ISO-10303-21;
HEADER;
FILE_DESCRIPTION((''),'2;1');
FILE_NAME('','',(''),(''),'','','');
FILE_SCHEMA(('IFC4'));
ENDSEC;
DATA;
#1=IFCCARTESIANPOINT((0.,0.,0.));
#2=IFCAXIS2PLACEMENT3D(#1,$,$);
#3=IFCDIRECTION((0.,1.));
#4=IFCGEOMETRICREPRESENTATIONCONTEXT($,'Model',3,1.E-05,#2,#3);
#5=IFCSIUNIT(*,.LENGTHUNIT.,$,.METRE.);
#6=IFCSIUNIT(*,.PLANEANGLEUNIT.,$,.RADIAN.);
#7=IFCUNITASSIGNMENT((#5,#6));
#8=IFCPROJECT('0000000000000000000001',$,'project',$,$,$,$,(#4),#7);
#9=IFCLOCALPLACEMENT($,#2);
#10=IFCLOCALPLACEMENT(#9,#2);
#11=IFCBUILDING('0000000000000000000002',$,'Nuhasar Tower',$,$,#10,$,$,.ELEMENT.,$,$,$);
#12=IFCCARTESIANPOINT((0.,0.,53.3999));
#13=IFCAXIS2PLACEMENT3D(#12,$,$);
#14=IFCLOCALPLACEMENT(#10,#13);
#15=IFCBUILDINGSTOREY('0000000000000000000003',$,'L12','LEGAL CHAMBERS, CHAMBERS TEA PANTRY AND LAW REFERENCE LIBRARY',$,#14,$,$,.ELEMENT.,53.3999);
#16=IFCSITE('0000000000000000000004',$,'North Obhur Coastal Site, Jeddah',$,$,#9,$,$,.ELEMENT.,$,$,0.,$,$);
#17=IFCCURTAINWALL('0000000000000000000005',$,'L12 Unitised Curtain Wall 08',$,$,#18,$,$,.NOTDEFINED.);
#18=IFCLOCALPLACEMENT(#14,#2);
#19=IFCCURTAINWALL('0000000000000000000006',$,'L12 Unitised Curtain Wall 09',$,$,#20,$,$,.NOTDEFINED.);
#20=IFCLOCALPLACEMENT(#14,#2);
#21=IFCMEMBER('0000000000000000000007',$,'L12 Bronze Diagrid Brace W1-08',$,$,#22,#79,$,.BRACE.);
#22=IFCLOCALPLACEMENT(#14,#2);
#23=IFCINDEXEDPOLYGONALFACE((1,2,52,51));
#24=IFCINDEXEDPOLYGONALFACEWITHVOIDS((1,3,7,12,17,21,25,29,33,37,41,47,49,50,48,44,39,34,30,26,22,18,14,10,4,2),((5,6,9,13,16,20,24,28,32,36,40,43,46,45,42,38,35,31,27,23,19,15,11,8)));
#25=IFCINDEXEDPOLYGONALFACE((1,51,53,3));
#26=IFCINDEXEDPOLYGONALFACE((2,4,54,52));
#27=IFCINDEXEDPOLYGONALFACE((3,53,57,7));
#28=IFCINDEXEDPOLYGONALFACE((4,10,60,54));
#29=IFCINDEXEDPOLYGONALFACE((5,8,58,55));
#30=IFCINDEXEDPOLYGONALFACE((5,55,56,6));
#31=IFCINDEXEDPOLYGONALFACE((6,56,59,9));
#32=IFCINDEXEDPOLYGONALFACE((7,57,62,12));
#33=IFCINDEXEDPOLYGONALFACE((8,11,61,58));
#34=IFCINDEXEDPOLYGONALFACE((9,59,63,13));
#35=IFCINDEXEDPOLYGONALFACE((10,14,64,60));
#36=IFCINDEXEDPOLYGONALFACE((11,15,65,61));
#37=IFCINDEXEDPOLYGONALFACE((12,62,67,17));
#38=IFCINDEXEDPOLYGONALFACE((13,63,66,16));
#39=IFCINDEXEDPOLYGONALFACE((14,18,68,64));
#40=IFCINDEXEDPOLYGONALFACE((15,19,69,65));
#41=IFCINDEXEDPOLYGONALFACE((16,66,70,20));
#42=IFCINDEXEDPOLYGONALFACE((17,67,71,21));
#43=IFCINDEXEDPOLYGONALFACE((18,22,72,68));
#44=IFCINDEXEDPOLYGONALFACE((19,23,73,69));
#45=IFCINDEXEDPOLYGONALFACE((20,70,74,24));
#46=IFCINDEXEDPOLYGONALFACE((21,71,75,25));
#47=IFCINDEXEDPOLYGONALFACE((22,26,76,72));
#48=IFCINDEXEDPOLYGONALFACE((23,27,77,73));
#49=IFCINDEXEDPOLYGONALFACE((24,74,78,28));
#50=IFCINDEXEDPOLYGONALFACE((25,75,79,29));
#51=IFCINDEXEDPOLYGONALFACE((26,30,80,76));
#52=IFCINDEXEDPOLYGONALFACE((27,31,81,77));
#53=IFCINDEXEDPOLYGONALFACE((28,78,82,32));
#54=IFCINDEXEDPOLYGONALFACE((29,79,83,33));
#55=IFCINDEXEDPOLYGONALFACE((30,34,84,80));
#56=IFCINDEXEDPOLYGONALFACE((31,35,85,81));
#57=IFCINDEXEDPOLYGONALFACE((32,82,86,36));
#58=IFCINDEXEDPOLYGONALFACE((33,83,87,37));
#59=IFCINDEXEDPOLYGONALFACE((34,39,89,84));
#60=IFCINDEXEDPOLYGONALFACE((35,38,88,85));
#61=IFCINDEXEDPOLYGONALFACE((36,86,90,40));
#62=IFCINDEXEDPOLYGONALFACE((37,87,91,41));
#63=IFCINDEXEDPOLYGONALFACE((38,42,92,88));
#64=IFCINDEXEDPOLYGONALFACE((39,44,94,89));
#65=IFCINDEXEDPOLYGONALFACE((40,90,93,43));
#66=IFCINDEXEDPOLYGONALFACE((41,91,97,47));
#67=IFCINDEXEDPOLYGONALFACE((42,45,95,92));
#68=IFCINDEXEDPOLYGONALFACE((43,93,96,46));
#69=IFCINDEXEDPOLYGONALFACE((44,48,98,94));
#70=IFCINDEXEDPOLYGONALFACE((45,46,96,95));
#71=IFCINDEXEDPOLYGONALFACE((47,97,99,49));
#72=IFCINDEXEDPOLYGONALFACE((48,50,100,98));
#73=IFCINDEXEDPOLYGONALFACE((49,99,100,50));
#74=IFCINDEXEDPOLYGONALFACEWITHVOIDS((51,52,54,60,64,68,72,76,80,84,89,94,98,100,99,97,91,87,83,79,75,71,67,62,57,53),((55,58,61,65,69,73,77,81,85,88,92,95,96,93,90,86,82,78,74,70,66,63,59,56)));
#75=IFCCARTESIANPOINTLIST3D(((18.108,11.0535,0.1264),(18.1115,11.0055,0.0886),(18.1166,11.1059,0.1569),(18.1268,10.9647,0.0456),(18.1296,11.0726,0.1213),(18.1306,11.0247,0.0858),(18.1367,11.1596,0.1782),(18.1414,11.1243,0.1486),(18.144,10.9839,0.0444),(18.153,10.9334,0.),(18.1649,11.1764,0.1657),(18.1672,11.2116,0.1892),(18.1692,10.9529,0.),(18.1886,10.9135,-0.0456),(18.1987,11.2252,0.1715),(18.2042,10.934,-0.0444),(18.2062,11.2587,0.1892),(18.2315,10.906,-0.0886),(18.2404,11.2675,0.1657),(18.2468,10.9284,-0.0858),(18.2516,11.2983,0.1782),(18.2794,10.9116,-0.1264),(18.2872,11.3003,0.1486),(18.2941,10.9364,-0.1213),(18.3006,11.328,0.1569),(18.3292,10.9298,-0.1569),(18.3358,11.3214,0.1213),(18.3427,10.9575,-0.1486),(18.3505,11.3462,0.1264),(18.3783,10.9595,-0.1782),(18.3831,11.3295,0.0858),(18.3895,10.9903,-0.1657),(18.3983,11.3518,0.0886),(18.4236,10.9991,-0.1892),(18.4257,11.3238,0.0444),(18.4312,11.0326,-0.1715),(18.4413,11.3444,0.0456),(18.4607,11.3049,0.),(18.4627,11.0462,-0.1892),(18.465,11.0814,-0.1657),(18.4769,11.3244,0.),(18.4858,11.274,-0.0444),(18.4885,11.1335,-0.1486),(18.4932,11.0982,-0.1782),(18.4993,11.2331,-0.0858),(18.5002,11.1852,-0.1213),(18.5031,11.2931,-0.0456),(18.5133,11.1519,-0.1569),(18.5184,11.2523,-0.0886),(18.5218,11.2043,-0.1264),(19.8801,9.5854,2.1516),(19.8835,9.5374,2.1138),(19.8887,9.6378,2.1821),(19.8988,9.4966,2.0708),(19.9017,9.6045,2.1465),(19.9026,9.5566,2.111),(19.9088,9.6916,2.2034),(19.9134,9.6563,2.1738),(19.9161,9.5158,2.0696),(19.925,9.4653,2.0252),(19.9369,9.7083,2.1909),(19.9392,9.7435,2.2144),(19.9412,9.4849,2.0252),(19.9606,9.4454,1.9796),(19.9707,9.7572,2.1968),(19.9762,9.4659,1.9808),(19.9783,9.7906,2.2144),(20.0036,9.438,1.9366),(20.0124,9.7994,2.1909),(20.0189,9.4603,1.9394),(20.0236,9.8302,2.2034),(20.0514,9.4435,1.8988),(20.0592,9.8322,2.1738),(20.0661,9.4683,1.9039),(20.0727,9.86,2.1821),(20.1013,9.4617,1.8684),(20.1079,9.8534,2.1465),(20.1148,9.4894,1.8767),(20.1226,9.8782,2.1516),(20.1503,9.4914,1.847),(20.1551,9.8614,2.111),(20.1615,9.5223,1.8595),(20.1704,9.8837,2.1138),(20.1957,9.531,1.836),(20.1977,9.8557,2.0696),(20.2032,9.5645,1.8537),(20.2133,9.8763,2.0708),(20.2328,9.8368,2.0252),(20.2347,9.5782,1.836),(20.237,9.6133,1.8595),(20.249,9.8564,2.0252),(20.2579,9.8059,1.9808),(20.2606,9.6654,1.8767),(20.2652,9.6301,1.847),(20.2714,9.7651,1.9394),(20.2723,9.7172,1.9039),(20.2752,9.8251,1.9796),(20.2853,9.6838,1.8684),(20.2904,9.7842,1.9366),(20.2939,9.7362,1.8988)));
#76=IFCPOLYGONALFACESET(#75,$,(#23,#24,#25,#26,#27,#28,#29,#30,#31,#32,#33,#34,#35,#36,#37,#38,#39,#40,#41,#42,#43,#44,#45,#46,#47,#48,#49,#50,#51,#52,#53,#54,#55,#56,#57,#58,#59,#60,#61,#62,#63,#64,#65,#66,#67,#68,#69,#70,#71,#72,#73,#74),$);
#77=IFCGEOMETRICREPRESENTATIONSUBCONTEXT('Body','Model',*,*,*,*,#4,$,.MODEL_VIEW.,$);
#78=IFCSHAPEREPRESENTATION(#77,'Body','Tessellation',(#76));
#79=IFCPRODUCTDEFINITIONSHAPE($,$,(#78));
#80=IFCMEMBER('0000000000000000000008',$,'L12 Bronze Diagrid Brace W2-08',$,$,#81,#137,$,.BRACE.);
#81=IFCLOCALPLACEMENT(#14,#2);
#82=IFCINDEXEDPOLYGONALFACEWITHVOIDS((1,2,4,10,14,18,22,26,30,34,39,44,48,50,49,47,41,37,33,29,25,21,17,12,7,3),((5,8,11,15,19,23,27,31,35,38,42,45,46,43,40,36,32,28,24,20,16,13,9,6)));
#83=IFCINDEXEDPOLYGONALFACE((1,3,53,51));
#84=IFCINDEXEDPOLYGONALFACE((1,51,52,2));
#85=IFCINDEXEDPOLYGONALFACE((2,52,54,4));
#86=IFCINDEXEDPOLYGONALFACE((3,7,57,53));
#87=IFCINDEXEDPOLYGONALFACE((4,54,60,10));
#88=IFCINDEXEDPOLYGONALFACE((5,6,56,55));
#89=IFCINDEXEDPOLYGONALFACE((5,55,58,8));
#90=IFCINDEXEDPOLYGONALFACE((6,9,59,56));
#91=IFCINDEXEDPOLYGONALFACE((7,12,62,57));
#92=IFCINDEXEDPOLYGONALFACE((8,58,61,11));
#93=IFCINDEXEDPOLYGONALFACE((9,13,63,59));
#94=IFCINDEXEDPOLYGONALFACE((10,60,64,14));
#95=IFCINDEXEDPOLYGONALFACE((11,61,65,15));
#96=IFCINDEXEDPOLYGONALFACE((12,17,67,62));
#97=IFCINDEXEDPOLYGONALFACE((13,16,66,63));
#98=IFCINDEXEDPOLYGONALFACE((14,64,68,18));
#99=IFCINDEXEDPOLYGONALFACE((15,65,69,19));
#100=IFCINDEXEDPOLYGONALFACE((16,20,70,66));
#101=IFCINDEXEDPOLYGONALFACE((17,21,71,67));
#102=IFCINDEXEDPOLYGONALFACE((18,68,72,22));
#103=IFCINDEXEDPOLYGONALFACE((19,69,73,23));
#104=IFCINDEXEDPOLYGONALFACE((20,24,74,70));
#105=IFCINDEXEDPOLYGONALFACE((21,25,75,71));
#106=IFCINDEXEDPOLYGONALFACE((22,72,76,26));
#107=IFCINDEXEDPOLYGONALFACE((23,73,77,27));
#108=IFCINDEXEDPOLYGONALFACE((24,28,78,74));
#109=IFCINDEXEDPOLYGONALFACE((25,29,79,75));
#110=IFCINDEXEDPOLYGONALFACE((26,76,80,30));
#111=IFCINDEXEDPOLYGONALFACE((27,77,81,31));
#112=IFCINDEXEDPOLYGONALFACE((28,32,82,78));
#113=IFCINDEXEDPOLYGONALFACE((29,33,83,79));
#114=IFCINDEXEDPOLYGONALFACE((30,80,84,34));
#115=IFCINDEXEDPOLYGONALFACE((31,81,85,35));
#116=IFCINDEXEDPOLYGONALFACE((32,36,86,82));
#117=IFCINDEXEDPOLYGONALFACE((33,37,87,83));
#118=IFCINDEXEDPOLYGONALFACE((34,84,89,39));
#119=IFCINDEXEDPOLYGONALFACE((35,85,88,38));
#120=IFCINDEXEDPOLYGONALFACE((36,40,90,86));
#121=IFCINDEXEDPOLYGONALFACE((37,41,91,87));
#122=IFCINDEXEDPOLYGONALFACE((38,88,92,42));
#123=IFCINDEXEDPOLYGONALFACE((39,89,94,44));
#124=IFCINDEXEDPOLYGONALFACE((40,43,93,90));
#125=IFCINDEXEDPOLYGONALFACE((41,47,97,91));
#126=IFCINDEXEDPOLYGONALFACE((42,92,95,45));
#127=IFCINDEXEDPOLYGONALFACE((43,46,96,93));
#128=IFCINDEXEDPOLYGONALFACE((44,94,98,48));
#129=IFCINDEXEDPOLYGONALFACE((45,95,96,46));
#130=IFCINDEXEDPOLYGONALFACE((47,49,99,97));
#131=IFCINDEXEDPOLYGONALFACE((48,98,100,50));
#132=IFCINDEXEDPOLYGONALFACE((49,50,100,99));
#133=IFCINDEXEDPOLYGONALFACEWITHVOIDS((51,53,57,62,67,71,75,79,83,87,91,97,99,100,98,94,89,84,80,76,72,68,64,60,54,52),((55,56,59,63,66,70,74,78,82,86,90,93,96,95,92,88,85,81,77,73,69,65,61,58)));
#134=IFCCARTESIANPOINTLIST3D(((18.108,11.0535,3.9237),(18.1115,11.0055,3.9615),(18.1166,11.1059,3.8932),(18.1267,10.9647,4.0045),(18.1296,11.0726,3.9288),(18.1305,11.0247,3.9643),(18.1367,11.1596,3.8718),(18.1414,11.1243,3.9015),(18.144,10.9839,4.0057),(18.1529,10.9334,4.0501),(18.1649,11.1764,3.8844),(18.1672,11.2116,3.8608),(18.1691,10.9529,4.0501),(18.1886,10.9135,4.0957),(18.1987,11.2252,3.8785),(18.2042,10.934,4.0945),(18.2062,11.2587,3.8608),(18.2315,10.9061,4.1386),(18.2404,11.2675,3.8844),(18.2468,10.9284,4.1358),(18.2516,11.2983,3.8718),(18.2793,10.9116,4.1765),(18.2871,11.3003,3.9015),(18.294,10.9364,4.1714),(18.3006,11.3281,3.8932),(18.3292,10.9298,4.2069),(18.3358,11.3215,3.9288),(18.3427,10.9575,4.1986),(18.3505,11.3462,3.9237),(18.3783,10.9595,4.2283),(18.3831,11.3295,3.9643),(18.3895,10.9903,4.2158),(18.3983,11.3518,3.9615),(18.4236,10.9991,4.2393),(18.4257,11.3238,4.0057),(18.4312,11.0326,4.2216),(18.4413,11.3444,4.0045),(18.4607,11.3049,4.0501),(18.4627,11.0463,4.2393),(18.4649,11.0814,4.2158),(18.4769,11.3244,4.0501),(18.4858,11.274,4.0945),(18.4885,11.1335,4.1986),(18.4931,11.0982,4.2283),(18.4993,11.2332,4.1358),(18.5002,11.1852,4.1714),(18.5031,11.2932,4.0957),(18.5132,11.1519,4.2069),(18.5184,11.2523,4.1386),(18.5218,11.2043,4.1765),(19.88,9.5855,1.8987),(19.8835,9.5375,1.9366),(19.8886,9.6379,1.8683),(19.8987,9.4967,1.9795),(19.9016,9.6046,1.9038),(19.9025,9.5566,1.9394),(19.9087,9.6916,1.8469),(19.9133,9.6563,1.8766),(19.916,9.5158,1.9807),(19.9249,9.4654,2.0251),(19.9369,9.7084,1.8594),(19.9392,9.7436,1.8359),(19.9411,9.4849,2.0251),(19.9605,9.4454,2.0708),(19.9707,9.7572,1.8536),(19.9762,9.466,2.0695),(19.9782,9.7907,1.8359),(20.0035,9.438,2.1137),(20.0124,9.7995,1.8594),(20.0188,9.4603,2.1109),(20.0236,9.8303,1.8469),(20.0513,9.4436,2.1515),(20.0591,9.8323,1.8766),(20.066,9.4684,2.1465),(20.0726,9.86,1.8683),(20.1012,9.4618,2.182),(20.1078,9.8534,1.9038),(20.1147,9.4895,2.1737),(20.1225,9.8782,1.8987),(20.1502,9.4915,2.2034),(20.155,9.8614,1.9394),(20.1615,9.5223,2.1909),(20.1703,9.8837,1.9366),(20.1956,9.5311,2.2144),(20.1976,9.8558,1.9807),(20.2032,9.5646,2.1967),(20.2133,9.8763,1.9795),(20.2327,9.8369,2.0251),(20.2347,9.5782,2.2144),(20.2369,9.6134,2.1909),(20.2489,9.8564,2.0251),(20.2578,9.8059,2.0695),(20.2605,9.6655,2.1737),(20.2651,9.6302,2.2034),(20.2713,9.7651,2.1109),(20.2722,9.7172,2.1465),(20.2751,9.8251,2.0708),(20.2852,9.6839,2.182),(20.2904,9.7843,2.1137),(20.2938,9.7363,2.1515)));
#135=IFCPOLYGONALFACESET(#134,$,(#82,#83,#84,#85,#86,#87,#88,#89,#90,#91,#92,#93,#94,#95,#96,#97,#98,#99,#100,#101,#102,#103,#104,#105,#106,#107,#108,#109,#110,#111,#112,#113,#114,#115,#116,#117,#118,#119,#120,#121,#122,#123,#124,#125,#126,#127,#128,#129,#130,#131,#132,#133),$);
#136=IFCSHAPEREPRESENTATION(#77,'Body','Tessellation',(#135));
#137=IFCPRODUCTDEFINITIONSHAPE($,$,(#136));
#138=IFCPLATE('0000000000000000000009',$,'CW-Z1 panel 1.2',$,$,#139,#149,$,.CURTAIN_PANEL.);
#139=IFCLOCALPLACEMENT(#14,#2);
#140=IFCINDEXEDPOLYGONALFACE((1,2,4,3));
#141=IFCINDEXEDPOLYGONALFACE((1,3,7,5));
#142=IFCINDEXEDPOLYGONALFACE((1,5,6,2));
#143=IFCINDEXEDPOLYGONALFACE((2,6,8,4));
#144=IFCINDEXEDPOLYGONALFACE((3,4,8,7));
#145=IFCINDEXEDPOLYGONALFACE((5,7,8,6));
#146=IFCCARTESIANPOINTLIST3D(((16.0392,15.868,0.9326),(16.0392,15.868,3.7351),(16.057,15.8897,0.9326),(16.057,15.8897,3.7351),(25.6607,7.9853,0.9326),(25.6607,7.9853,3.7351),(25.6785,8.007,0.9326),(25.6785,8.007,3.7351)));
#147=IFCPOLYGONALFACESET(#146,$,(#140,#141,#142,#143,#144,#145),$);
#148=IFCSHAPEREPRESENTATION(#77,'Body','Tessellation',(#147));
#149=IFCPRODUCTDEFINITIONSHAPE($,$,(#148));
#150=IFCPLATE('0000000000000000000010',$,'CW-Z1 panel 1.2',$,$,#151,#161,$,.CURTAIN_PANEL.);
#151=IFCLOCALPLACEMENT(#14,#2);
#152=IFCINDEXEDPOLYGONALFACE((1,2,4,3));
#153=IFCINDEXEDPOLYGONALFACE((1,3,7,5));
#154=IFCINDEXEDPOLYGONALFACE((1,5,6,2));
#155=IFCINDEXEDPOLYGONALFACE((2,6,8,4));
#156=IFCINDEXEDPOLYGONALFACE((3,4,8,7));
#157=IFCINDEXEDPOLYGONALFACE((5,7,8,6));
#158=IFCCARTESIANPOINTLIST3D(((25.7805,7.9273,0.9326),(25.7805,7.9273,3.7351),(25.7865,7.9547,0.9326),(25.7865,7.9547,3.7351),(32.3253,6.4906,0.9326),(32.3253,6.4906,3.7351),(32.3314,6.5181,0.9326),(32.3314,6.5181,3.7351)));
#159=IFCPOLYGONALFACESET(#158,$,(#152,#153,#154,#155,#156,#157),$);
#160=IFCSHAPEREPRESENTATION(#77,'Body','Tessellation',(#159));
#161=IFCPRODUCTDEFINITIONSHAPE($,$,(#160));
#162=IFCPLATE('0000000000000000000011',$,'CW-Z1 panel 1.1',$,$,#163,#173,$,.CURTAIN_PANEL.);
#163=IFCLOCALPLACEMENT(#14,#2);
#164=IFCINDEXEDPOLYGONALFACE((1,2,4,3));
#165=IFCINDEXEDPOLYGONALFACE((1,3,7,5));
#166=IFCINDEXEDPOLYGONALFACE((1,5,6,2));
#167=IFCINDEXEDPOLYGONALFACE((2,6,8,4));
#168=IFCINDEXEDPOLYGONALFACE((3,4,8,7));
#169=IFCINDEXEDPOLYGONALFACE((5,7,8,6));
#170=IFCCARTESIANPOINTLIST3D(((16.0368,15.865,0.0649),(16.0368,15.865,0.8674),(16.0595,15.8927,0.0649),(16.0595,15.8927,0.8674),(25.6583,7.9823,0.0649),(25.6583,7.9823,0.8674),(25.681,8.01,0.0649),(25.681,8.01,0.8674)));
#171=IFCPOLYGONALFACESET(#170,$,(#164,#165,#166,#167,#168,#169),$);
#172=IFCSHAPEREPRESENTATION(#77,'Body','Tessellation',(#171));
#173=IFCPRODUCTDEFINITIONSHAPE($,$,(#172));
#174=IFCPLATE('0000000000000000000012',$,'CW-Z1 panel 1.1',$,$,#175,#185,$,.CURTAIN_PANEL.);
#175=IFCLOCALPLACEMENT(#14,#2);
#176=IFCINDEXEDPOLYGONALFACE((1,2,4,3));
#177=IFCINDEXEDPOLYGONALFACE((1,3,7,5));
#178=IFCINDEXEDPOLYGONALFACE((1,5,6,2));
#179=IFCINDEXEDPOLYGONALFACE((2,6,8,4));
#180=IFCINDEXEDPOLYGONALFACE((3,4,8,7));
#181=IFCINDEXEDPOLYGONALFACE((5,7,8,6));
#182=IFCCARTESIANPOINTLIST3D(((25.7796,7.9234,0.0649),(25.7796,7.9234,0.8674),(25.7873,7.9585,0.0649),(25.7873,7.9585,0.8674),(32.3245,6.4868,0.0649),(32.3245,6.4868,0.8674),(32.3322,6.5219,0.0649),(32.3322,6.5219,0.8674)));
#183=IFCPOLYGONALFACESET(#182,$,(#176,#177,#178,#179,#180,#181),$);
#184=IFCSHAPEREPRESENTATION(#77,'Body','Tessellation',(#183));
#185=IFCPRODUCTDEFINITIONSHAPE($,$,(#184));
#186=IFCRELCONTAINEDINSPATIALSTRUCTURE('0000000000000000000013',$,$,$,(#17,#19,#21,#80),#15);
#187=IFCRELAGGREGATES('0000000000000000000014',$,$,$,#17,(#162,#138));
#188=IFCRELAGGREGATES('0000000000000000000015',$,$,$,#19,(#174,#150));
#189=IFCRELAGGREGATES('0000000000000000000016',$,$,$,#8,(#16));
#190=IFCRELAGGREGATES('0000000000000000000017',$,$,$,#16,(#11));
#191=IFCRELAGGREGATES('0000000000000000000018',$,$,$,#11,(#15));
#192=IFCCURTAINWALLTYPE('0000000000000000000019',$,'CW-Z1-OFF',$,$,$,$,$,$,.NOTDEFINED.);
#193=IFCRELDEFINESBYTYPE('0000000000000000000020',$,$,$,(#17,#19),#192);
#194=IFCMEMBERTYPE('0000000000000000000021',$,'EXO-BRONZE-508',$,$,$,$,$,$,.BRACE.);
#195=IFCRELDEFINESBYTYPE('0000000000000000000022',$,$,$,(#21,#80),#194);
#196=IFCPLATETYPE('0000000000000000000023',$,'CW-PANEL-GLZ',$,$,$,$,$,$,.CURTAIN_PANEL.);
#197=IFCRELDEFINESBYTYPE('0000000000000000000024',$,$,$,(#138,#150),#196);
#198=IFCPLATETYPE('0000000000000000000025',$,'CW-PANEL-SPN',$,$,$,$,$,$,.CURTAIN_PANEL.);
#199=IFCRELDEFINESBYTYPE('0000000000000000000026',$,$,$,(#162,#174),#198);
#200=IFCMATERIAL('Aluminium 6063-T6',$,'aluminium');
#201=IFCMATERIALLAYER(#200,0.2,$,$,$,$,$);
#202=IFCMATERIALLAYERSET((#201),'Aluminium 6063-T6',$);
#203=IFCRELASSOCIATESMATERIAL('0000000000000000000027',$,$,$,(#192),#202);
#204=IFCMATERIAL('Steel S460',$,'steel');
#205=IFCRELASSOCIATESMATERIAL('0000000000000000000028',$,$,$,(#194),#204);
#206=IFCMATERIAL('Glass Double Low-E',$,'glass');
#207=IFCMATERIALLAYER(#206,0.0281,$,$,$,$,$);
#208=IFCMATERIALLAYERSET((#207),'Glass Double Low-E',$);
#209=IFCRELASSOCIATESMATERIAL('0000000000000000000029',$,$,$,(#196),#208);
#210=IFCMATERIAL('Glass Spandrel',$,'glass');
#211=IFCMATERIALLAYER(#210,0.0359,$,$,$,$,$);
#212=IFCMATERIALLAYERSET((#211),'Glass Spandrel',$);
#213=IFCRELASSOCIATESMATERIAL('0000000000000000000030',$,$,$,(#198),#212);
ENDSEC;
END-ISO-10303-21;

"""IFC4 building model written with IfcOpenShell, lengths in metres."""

from ifc_helpers import new_model, si_unit, direction, frame, origin, origin_2d, place, context, subcontext, project, spatial, rectangle, hollow_circle, extrude, material, layer, layer_set, material_profile, profile_set, type_object, element, aggregate, save


model = new_model("IFC4")

# Units and contexts
model_context = context("Model", 3, precision=1e-05, world=origin(), true_north=direction((0.0, 1.0)))
body_context = subcontext(model_context, "Body", "Model", "MODEL_VIEW")
ifc_project = project(units=[si_unit("LENGTHUNIT", "METRE"), si_unit("PLANEANGLEUNIT", "RADIAN")], contexts=[model_context])

# Site, building, storey
site_placement = place(None, origin())
site = spatial("IfcSite", under=ifc_project, at=site_placement, Name="North Obhur Coastal Site, Jeddah", CompositionType="ELEMENT", RefElevation=0.0)
building_placement = place(site_placement, origin())
building = spatial("IfcBuilding", under=site, at=building_placement, Name="Nuhasar Tower", CompositionType="ELEMENT")
storey_placement = place(building_placement, frame((0.0, 0.0, 53.3999)))
storey = spatial("IfcBuildingStorey", under=building, at=storey_placement, Name="L12", Description="LEGAL CHAMBERS, CHAMBERS TEA PANTRY AND LAW REFERENCE LIBRARY", CompositionType="ELEMENT", Elevation=53.3999)

# Curtain wall
ifc_material_1 = material(Name="Aluminium 6063-T6", Category="aluminium")
ifc_layer_1 = layer(ifc_material_1, 0.2)
ifc_layer_set_1 = layer_set([ifc_layer_1], Name="Aluminium 6063-T6")
curtain_wall_type = type_object("IfcCurtainWallType", Name="CW-Z1-OFF", PredefinedType="NOTDEFINED", material=ifc_layer_set_1)
curtain_wall_1_placement = place(storey_placement, origin())
curtain_wall_1 = element("IfcCurtainWall", 1, at=curtain_wall_1_placement, inside=storey, type_object=curtain_wall_type, Name="L12 Unitised Curtain Wall 08", PredefinedType="NOTDEFINED")

# Curtain wall
curtain_wall_2_placement = place(storey_placement, origin())
curtain_wall_2 = element("IfcCurtainWall", 2, at=curtain_wall_2_placement, inside=storey, type_object=curtain_wall_type, Name="L12 Unitised Curtain Wall 09", PredefinedType="NOTDEFINED")

# Members
ifc_material_2 = material(Name="Steel S460", Category="steel")
ifc_material_profile_1 = material_profile(ifc_material_2, hollow_circle(Radius=0.2539, WallThickness=0.0254, at=origin_2d()), Name="HSS508X25.4")
ifc_profile_set_1 = profile_set([ifc_material_profile_1], Name="Steel S460")
member_type_1 = type_object("IfcMemberType", Name="EXO-BRONZE-508", PredefinedType="BRACE", material=ifc_profile_set_1)
member_1_placement = place(storey_placement, frame((18.3149, 11.1289, 0.0), z_axis=(0.578071, -0.478912, 0.660664), x_axis=(0.637969, 0.770062, 0.0)))
element("IfcMember", 3, at=member_1_placement, inside=storey, type_object=member_type_1, Name="L12 Bronze Diagrid Brace W1-08", PredefinedType="BRACE", context=body_context, shape_type="SweptSolid", body=[
    extrude(hollow_circle(Radius=0.2539, WallThickness=0.0254, at=origin_2d()), origin(), (0.0, 0.0, 1.0), 3.0654),
])
member_2_placement = place(storey_placement, frame((20.0869, 9.6609, 2.0251), z_axis=(-0.578102, 0.478937, 0.660619), x_axis=(-0.637969, -0.770062, 0.0)))
element("IfcMember", 4, at=member_2_placement, inside=storey, type_object=member_type_1, Name="L12 Bronze Diagrid Brace W2-08", PredefinedType="BRACE", context=body_context, shape_type="SweptSolid", body=[
    extrude(hollow_circle(Radius=0.2539, WallThickness=0.0254, at=origin_2d()), origin(), (0.0, 0.0, 1.0), 3.0652),
])

# Plates
ifc_material_3 = material(Name="Glass Double Low-E", Category="glass")
ifc_layer_2 = layer(ifc_material_3, 0.0281)
ifc_layer_set_2 = layer_set([ifc_layer_2], Name="Glass Double Low-E")
plate_type_1 = type_object("IfcPlateType", Name="CW-PANEL-GLZ", PredefinedType="CURTAIN_PANEL", material=ifc_layer_set_2)
plate_1_placement = place(storey_placement, frame((20.8589, 11.9375, 0.9326), z_axis=(0.0, 0.0, 1.0), x_axis=(0.773542, -0.633745, 0.0)))
plate_1 = element("IfcPlate", 5, at=plate_1_placement, type_object=plate_type_1, Name="CW-Z1 panel 1.2", PredefinedType="CURTAIN_PANEL", context=body_context, shape_type="SweptSolid", body=[
    extrude(rectangle(XDim=12.4382, YDim=0.0281, at=origin_2d()), origin(), (0.0, 0.0, 1.0), 2.8025),
])
plate_2_placement = place(storey_placement, frame((29.0559, 7.2227, 0.9326), z_axis=(0.0, 0.0, 1.0), x_axis=(0.976746, -0.214399, 0.0)))
plate_2 = element("IfcPlate", 6, at=plate_2_placement, type_object=plate_type_1, Name="CW-Z1 panel 1.2", PredefinedType="CURTAIN_PANEL", context=body_context, shape_type="SweptSolid", body=[
    extrude(rectangle(XDim=6.7007, YDim=0.0281, at=origin_2d()), origin(), (0.0, 0.0, 1.0), 2.8025),
])
ifc_material_4 = material(Name="Glass Spandrel", Category="glass")
ifc_layer_3 = layer(ifc_material_4, 0.0359)
ifc_layer_set_3 = layer_set([ifc_layer_3], Name="Glass Spandrel")
plate_type_2 = type_object("IfcPlateType", Name="CW-PANEL-SPN", PredefinedType="CURTAIN_PANEL", material=ifc_layer_set_3)
plate_3_placement = place(storey_placement, frame((20.8589, 11.9375, 0.0649), z_axis=(0.0, 0.0, 1.0), x_axis=(0.773542, -0.633745, 0.0)))
plate_3 = element("IfcPlate", 7, at=plate_3_placement, type_object=plate_type_2, Name="CW-Z1 panel 1.1", PredefinedType="CURTAIN_PANEL", context=body_context, shape_type="SweptSolid", body=[
    extrude(rectangle(XDim=12.4382, YDim=0.0359, at=origin_2d()), origin(), (0.0, 0.0, 1.0), 0.8025),
])
aggregate(curtain_wall_1, [plate_3, plate_1])
plate_4_placement = place(storey_placement, frame((29.0559, 7.2227, 0.0649), z_axis=(0.0, 0.0, 1.0), x_axis=(0.976746, -0.214399, 0.0)))
plate_4 = element("IfcPlate", 8, at=plate_4_placement, type_object=plate_type_2, Name="CW-Z1 panel 1.1", PredefinedType="CURTAIN_PANEL", context=body_context, shape_type="SweptSolid", body=[
    extrude(rectangle(XDim=6.7007, YDim=0.0359, at=origin_2d()), origin(), (0.0, 0.0, 1.0), 0.8025),
])
aggregate(curtain_wall_2, [plate_4, plate_2])

save(model, "model.ifc")
